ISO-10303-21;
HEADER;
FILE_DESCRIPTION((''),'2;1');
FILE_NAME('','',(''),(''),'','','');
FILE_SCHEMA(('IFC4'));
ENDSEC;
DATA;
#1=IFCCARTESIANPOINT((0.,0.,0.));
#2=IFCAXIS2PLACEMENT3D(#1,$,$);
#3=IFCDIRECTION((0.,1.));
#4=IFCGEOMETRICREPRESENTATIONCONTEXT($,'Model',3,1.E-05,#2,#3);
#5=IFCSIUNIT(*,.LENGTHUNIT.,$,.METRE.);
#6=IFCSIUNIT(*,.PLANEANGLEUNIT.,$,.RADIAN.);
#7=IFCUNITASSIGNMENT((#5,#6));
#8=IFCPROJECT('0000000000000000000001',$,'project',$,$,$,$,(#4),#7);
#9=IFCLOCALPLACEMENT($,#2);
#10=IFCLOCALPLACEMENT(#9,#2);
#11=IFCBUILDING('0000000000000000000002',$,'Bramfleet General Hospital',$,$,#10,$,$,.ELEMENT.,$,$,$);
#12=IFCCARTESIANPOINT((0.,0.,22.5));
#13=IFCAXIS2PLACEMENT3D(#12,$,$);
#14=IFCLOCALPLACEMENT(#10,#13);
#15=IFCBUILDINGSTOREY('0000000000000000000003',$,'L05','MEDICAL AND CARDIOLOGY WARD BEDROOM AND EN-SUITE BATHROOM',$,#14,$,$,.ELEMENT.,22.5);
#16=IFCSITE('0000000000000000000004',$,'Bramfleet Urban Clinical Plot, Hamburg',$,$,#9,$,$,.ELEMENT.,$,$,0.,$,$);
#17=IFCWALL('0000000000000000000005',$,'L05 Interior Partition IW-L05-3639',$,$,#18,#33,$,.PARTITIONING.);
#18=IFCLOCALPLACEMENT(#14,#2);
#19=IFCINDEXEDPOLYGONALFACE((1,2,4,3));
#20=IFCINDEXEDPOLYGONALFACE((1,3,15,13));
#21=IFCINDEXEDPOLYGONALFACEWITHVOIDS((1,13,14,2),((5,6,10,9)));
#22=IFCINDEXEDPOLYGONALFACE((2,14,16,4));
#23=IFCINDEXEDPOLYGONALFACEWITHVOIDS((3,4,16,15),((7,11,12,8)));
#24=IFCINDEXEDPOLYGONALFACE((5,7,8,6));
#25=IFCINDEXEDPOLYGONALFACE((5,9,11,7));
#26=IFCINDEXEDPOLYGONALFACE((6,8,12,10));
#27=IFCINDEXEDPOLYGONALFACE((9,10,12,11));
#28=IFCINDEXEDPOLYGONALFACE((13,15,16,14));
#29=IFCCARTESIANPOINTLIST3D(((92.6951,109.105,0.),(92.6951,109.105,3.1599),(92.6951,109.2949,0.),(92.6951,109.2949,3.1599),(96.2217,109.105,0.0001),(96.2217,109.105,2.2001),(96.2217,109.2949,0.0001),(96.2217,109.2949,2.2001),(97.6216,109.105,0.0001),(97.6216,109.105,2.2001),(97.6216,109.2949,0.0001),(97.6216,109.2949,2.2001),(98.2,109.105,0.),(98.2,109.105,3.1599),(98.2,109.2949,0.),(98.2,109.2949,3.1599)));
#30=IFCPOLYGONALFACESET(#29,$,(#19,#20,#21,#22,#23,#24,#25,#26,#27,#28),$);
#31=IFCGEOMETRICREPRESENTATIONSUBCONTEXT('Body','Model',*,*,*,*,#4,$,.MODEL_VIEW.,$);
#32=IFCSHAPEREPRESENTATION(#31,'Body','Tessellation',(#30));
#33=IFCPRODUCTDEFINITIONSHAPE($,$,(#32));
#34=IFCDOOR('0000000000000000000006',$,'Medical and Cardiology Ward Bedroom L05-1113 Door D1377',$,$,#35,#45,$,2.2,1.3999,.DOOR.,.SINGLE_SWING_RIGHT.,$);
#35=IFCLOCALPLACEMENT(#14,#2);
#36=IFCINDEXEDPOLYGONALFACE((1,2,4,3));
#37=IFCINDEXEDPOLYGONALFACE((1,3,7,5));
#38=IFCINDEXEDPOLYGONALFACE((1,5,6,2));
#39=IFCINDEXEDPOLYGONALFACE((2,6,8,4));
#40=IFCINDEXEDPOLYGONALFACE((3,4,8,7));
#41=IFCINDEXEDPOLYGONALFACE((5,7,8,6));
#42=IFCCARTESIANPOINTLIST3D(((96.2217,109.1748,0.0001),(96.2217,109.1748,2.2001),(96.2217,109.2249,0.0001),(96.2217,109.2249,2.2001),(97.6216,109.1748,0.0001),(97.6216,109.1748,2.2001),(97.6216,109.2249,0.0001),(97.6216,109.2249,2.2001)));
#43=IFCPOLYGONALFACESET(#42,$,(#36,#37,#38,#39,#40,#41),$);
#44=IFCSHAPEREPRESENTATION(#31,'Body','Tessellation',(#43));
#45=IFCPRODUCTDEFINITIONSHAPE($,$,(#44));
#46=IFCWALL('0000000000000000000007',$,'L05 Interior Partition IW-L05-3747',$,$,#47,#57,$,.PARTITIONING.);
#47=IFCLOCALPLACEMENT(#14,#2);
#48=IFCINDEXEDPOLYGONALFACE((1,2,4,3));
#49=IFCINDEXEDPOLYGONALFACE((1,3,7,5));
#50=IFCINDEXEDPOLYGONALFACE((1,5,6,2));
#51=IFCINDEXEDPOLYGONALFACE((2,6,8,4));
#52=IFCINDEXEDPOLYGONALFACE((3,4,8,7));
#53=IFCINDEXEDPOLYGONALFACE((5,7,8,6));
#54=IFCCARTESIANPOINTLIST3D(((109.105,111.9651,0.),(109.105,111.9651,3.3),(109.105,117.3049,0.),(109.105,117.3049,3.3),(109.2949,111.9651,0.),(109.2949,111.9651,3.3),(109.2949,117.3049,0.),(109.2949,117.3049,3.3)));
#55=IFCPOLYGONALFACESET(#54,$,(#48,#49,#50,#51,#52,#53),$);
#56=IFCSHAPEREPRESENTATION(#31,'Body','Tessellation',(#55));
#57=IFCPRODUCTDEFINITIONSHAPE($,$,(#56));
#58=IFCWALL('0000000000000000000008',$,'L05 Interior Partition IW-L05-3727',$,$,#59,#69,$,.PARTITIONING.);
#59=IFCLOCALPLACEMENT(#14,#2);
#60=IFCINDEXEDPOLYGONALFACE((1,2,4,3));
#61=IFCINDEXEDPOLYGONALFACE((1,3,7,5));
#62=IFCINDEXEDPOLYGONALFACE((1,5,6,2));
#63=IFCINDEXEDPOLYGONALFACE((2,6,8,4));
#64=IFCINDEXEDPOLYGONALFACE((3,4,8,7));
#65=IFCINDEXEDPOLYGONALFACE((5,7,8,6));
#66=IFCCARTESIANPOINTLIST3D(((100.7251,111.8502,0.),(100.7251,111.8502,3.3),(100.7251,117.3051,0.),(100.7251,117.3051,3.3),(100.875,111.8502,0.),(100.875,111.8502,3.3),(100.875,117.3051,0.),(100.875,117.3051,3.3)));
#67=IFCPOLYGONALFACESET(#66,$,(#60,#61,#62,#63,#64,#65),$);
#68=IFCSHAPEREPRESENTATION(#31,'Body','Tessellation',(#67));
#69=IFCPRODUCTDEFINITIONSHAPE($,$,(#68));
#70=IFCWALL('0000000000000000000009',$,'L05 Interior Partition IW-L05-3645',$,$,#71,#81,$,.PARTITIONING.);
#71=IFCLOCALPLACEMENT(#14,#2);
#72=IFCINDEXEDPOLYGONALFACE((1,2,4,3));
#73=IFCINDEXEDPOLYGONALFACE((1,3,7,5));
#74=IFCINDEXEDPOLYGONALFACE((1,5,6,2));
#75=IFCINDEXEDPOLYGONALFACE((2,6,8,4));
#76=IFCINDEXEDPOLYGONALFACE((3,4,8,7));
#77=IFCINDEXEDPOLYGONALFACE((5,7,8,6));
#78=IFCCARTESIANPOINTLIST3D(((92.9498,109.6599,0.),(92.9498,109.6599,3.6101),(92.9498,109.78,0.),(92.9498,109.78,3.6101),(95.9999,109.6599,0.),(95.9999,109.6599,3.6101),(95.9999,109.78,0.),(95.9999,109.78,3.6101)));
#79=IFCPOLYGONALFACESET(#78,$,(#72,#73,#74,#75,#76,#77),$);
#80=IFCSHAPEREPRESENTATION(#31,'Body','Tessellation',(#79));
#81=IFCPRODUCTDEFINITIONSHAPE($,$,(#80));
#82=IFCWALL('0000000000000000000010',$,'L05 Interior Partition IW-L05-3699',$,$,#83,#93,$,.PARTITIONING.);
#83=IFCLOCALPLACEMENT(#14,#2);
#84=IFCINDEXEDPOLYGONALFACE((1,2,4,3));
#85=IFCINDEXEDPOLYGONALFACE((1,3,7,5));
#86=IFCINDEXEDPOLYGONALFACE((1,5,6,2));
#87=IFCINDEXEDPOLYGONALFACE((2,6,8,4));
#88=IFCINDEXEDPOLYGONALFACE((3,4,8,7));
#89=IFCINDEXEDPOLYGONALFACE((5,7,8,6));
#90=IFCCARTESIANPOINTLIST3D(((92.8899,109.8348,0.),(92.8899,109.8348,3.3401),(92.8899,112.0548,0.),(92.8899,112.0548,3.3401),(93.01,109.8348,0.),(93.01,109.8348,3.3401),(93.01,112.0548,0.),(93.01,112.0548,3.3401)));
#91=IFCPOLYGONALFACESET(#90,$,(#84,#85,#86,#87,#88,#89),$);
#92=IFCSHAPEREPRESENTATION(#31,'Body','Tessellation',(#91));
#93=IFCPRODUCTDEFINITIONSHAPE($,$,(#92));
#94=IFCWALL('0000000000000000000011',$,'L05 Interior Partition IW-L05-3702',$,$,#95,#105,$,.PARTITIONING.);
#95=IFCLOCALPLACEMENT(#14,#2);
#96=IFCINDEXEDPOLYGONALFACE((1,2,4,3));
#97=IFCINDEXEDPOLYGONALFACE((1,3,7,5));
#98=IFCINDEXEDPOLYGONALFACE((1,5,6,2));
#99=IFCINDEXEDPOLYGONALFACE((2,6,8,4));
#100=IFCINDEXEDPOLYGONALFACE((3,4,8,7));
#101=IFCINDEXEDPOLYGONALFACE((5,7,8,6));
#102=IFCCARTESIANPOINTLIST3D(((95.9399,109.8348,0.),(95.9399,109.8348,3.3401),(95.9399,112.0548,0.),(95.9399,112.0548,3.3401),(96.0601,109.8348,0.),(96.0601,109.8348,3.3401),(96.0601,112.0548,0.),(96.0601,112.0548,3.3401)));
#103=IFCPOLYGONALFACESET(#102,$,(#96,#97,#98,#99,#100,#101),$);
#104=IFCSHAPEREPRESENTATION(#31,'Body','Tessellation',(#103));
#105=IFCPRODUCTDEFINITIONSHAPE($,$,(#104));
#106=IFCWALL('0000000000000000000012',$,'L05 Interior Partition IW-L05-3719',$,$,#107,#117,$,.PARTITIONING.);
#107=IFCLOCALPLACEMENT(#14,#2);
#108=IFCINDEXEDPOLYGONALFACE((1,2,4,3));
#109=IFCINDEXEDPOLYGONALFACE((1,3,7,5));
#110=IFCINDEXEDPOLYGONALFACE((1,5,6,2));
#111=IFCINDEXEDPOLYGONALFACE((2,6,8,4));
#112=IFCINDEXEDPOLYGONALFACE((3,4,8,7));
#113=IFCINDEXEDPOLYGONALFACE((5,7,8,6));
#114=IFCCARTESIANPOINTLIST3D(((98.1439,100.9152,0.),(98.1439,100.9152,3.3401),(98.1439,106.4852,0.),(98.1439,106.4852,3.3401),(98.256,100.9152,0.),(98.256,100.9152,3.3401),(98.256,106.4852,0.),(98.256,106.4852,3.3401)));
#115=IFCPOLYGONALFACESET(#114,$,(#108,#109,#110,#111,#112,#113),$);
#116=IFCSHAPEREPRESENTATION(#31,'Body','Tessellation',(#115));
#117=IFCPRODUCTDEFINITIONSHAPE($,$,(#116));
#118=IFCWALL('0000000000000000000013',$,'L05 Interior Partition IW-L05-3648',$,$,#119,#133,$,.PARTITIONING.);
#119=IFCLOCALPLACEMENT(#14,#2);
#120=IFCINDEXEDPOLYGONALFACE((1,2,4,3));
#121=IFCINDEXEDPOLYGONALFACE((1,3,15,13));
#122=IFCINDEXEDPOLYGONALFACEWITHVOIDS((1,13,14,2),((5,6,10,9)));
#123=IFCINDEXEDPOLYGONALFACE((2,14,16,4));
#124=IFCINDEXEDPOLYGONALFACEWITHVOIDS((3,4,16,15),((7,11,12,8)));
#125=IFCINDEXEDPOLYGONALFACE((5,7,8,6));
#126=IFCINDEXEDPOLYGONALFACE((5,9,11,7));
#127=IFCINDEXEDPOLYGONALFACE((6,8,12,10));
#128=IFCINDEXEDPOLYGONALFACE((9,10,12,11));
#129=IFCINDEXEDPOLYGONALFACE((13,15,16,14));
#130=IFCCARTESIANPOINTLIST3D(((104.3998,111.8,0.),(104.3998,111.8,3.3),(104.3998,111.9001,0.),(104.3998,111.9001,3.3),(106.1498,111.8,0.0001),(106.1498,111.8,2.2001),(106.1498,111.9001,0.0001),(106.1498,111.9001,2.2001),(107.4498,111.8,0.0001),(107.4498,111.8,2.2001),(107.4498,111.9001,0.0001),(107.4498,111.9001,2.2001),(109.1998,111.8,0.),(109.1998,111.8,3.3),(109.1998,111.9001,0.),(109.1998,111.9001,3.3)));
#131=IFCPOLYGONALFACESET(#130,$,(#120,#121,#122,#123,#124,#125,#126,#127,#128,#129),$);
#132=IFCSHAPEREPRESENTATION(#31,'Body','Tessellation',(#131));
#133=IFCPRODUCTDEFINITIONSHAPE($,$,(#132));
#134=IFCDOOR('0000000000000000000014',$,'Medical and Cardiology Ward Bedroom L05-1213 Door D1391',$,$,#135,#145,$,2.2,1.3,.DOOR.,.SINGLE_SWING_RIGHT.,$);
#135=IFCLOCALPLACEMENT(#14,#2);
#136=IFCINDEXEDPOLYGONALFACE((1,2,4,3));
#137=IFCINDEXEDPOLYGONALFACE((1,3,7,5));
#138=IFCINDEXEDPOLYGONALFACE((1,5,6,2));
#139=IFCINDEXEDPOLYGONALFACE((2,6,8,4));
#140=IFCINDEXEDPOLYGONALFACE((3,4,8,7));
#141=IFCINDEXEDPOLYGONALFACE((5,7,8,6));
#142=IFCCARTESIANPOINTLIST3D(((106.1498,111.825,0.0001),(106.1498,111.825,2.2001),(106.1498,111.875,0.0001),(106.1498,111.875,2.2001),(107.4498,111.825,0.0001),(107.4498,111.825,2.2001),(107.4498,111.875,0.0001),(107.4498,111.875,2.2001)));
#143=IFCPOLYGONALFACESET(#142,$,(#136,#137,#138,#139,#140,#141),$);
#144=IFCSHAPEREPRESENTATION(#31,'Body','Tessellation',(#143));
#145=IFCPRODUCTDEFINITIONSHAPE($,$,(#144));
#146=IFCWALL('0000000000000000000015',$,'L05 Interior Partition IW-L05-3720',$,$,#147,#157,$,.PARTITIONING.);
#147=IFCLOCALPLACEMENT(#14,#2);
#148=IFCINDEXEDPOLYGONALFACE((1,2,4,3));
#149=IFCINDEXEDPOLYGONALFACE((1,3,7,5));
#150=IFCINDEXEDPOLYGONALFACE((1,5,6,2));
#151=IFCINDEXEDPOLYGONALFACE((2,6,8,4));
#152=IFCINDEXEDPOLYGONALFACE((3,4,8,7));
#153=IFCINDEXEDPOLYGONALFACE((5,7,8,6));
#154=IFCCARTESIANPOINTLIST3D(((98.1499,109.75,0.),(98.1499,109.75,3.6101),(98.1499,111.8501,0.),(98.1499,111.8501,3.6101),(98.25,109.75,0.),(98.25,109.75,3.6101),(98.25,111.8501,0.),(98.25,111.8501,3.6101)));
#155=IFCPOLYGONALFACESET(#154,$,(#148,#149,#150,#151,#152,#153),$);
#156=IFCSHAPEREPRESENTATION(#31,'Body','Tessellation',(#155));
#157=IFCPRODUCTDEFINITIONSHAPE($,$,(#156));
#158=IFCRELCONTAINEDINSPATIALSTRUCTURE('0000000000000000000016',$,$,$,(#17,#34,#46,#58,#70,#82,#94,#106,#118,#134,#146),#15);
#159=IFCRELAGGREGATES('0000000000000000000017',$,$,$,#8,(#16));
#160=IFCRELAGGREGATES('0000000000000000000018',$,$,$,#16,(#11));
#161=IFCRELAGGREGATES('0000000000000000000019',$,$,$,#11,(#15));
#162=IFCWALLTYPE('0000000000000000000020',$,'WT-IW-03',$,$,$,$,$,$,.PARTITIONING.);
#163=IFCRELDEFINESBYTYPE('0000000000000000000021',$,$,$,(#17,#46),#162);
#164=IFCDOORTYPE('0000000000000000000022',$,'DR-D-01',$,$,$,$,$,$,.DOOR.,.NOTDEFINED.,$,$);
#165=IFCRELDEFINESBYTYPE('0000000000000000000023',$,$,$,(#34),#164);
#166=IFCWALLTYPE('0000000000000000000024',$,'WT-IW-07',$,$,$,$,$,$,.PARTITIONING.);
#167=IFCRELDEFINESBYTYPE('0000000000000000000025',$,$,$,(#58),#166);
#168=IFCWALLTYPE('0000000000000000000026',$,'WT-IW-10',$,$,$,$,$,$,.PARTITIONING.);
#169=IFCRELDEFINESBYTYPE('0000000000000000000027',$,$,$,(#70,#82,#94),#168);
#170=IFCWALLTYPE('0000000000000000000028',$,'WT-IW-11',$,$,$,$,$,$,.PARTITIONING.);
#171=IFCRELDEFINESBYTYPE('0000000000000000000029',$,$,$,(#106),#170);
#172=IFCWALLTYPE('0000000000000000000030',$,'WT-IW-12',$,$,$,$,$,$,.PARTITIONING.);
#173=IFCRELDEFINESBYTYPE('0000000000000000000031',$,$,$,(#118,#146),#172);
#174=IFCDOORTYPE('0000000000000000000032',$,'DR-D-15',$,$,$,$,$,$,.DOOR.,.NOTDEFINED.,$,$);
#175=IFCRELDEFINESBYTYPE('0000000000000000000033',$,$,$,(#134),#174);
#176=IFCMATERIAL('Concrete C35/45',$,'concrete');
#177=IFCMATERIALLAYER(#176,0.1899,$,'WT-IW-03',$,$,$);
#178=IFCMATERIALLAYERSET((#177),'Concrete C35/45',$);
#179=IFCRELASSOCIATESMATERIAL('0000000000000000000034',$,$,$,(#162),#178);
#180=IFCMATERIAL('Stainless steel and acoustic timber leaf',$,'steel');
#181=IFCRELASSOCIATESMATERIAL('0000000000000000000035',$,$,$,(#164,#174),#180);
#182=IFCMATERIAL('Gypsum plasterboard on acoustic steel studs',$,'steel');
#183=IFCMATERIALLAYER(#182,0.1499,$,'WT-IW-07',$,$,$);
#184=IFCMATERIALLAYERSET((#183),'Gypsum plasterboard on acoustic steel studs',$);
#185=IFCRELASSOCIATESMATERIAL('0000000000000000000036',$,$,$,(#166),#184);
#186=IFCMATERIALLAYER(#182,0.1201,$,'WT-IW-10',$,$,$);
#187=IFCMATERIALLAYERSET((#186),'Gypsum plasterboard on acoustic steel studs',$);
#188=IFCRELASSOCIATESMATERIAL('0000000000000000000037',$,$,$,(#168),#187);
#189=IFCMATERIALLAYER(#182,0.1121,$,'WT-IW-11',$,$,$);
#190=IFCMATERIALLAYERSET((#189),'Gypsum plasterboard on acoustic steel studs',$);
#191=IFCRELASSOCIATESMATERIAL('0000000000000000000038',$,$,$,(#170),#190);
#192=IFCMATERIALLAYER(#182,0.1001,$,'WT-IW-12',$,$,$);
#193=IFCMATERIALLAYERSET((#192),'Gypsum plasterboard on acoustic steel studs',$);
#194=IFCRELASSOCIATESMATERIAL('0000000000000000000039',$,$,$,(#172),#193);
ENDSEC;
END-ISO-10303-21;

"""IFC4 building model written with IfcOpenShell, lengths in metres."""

from ifc_helpers import new_model, si_unit, direction, frame, frame_2d, origin, place, context, subcontext, project, spatial, rectangle, extrude, material, layer, layer_set, type_object, element, fill, save


model = new_model("IFC4")

# Units and contexts
model_context = context("Model", 3, precision=1e-05, world=origin(), true_north=direction((0.0, 1.0)))
body_context = subcontext(model_context, "Body", "Model", "MODEL_VIEW")
ifc_project = project(units=[si_unit("LENGTHUNIT", "METRE"), si_unit("PLANEANGLEUNIT", "RADIAN")], contexts=[model_context])

# Site, building, storey
site_placement = place(None, origin())
site = spatial("IfcSite", under=ifc_project, at=site_placement, Name="Bramfleet Urban Clinical Plot, Hamburg", CompositionType="ELEMENT", RefElevation=0.0)
building_placement = place(site_placement, origin())
building = spatial("IfcBuilding", under=site, at=building_placement, Name="Bramfleet General Hospital", CompositionType="ELEMENT")
storey_placement = place(building_placement, frame((0.0, 0.0, 22.5)))
storey = spatial("IfcBuildingStorey", under=building, at=storey_placement, Name="L05", Description="MEDICAL AND CARDIOLOGY WARD BEDROOM AND EN-SUITE BATHROOM", CompositionType="ELEMENT", Elevation=22.5)

# Shared definitions
ifc_material_1 = material(Name="Concrete C35/45", Category="concrete")

# Wall, opening, door
ifc_layer_1 = layer(ifc_material_1, 0.1899, Name="WT-IW-03")
ifc_layer_set_1 = layer_set([ifc_layer_1], Name="Concrete C35/45")
wall_type_1 = type_object("IfcWallType", Name="WT-IW-03", PredefinedType="PARTITIONING", material=ifc_layer_set_1)
wall_1_placement = place(storey_placement, frame((92.6951, 109.2, 0.0), z_axis=(0.0, 0.0, 1.0), x_axis=(1.0, 0.0, 0.0)))
wall_1 = element("IfcWall", 1, at=wall_1_placement, inside=storey, type_object=wall_type_1, Name="L05 Interior Partition IW-L05-3639", PredefinedType="PARTITIONING", context=body_context, shape_type="SweptSolid", body=[
    extrude(rectangle(XDim=5.5049, YDim=0.1899, at=frame_2d((2.7524, 0.0))), origin(), (0.0, 0.0, 1.0), 3.1599),
])
opening_1_placement = place(wall_1_placement, frame((3.5266, 0.0, 0.0)))
opening_1 = element("IfcOpeningElement", 2, at=opening_1_placement, cuts=wall_1, PredefinedType="OPENING", context=body_context, shape_type="SweptSolid", body=[
    extrude(rectangle(XDim=1.3999, YDim=2.2, at=frame_2d((0.7, 1.1001))), frame((0.0, 0.105, 0.0), z_axis=(0.0, -1.0, 0.0), x_axis=(1.0, 0.0, 0.0)), (0.0, 0.0, 1.0), 0.21),
])
ifc_material_2 = material(Name="Stainless steel and acoustic timber leaf", Category="steel")
door_type_1 = type_object("IfcDoorType", Name="DR-D-01", OperationType="NOTDEFINED", PredefinedType="DOOR", material=ifc_material_2)
door_1_placement = place(opening_1_placement, origin())
door_1 = element("IfcDoor", 3, at=door_1_placement, inside=storey, type_object=door_type_1, Name="Medical and Cardiology Ward Bedroom L05-1113 Door D1377", OperationType="SINGLE_SWING_RIGHT", OverallHeight=2.2, OverallWidth=1.3999, PredefinedType="DOOR", context=body_context, shape_type="SweptSolid", body=[
    extrude(rectangle(XDim=1.3999, YDim=2.2, at=frame_2d((0.7, 1.1001))), frame((0.0, 0.0249, 0.0), z_axis=(0.0, -1.0, 0.0), x_axis=(1.0, 0.0, 0.0)), (0.0, 0.0, 1.0), 0.05),
])
fill(opening_1, door_1)

# Walls
wall_2_placement = place(storey_placement, frame((109.2, 111.9651, 0.0), z_axis=(0.0, 0.0, 1.0), x_axis=(0.0, 1.0, 0.0)))
element("IfcWall", 4, at=wall_2_placement, inside=storey, type_object=wall_type_1, Name="L05 Interior Partition IW-L05-3747", PredefinedType="PARTITIONING", context=body_context, shape_type="SweptSolid", body=[
    extrude(rectangle(XDim=5.3398, YDim=0.1899, at=frame_2d((2.6699, 0.0))), origin(), (0.0, 0.0, 1.0), 3.3),
])
ifc_material_3 = material(Name="Gypsum plasterboard on acoustic steel studs", Category="steel")
ifc_layer_2 = layer(ifc_material_3, 0.1499, Name="WT-IW-07")
ifc_layer_set_2 = layer_set([ifc_layer_2], Name="Gypsum plasterboard on acoustic steel studs")
wall_type_2 = type_object("IfcWallType", Name="WT-IW-07", PredefinedType="PARTITIONING", material=ifc_layer_set_2)
wall_3_placement = place(storey_placement, frame((100.8, 111.8501, 0.0), z_axis=(0.0, 0.0, 1.0), x_axis=(0.0, 1.0, 0.0)))
element("IfcWall", 5, at=wall_3_placement, inside=storey, type_object=wall_type_2, Name="L05 Interior Partition IW-L05-3727", PredefinedType="PARTITIONING", context=body_context, shape_type="SweptSolid", body=[
    extrude(rectangle(XDim=5.4548, YDim=0.1499, at=frame_2d((2.7275, 0.0))), origin(), (0.0, 0.0, 1.0), 3.3),
])
ifc_layer_3 = layer(ifc_material_3, 0.1201, Name="WT-IW-10")
ifc_layer_set_3 = layer_set([ifc_layer_3], Name="Gypsum plasterboard on acoustic steel studs")
wall_type_3 = type_object("IfcWallType", Name="WT-IW-10", PredefinedType="PARTITIONING", material=ifc_layer_set_3)
wall_4_placement = place(storey_placement, frame((92.95, 109.72, 0.0), z_axis=(0.0, 0.0, 1.0), x_axis=(1.0, 0.0, 0.0)))
element("IfcWall", 6, at=wall_4_placement, inside=storey, type_object=wall_type_3, Name="L05 Interior Partition IW-L05-3645", PredefinedType="PARTITIONING", context=body_context, shape_type="SweptSolid", body=[
    extrude(rectangle(XDim=3.05, YDim=0.1201, at=frame_2d((1.5249, 0.0))), origin(), (0.0, 0.0, 1.0), 3.6101),
])
for number, where, z_axis, x_axis, name in (
    (7, (92.95, 109.835, 0.0), (0.0, 0.0, 1.0), (0.0, 1.0, 0.0), "L05 Interior Partition IW-L05-3699"),
    (8, (96.0, 109.835, 0.0), (0.0, 0.0, 1.0), (0.0, 1.0, 0.0), "L05 Interior Partition IW-L05-3702"),
):
    element("IfcWall", number, at=place(storey_placement, frame(where, z_axis=z_axis, x_axis=x_axis)), inside=storey, type_object=wall_type_3, Name=name, PredefinedType="PARTITIONING", context=body_context, shape_type="SweptSolid", body=[
        extrude(rectangle(XDim=2.22, YDim=0.1201, at=frame_2d((1.1099, 0.0))), origin(), (0.0, 0.0, 1.0), 3.3401),
    ])
ifc_layer_4 = layer(ifc_material_3, 0.1121, Name="WT-IW-11")
ifc_layer_set_4 = layer_set([ifc_layer_4], Name="Gypsum plasterboard on acoustic steel studs")
wall_type_4 = type_object("IfcWallType", Name="WT-IW-11", PredefinedType="PARTITIONING", material=ifc_layer_set_4)
wall_5_placement = place(storey_placement, frame((98.2, 100.915, 0.0), z_axis=(0.0, 0.0, 1.0), x_axis=(0.0, 1.0, 0.0)))
element("IfcWall", 9, at=wall_5_placement, inside=storey, type_object=wall_type_4, Name="L05 Interior Partition IW-L05-3719", PredefinedType="PARTITIONING", context=body_context, shape_type="SweptSolid", body=[
    extrude(rectangle(XDim=5.5701, YDim=0.1121, at=frame_2d((2.7852, 0.0))), origin(), (0.0, 0.0, 1.0), 3.3401),
])

# Wall, opening, door
ifc_layer_5 = layer(ifc_material_3, 0.1001, Name="WT-IW-12")
ifc_layer_set_5 = layer_set([ifc_layer_5], Name="Gypsum plasterboard on acoustic steel studs")
wall_type_5 = type_object("IfcWallType", Name="WT-IW-12", PredefinedType="PARTITIONING", material=ifc_layer_set_5)
wall_6_placement = place(storey_placement, frame((104.3999, 111.8501, 0.0), z_axis=(0.0, 0.0, 1.0), x_axis=(1.0, 0.0, 0.0)))
wall_6 = element("IfcWall", 10, at=wall_6_placement, inside=storey, type_object=wall_type_5, Name="L05 Interior Partition IW-L05-3648", PredefinedType="PARTITIONING", context=body_context, shape_type="SweptSolid", body=[
    extrude(rectangle(XDim=4.8, YDim=0.1001, at=frame_2d((2.3999, 0.0))), origin(), (0.0, 0.0, 1.0), 3.3),
])
opening_2_placement = place(wall_6_placement, frame((1.75, 0.0, 0.0)))
opening_2 = element("IfcOpeningElement", 11, at=opening_2_placement, cuts=wall_6, PredefinedType="OPENING", context=body_context, shape_type="SweptSolid", body=[
    extrude(rectangle(XDim=1.3, YDim=2.2, at=frame_2d((0.6499, 1.1001))), frame((0.0, 0.0601, 0.0), z_axis=(0.0, -1.0, 0.0), x_axis=(1.0, 0.0, 0.0)), (0.0, 0.0, 1.0), 0.1201),
])
door_type_2 = type_object("IfcDoorType", Name="DR-D-15", OperationType="NOTDEFINED", PredefinedType="DOOR", material=ifc_material_2)
door_2_placement = place(opening_2_placement, origin())
door_2 = element("IfcDoor", 12, at=door_2_placement, inside=storey, type_object=door_type_2, Name="Medical and Cardiology Ward Bedroom L05-1213 Door D1391", OperationType="SINGLE_SWING_RIGHT", OverallHeight=2.2, OverallWidth=1.3, PredefinedType="DOOR", context=body_context, shape_type="SweptSolid", body=[
    extrude(rectangle(XDim=1.3, YDim=2.2, at=frame_2d((0.6499, 1.1001))), frame((0.0, 0.0249, 0.0), z_axis=(0.0, -1.0, 0.0), x_axis=(1.0, 0.0, 0.0)), (0.0, 0.0, 1.0), 0.05),
])
fill(opening_2, door_2)

# Wall
wall_7_placement = place(storey_placement, frame((98.2, 109.75, 0.0), z_axis=(0.0, 0.0, 1.0), x_axis=(0.0, 1.0, 0.0)))
element("IfcWall", 13, at=wall_7_placement, inside=storey, type_object=wall_type_5, Name="L05 Interior Partition IW-L05-3720", PredefinedType="PARTITIONING", context=body_context, shape_type="SweptSolid", body=[
    extrude(rectangle(XDim=2.1001, YDim=0.1001, at=frame_2d((1.05, 0.0))), origin(), (0.0, 0.0, 1.0), 3.6101),
])

save(model, "model.ifc")
